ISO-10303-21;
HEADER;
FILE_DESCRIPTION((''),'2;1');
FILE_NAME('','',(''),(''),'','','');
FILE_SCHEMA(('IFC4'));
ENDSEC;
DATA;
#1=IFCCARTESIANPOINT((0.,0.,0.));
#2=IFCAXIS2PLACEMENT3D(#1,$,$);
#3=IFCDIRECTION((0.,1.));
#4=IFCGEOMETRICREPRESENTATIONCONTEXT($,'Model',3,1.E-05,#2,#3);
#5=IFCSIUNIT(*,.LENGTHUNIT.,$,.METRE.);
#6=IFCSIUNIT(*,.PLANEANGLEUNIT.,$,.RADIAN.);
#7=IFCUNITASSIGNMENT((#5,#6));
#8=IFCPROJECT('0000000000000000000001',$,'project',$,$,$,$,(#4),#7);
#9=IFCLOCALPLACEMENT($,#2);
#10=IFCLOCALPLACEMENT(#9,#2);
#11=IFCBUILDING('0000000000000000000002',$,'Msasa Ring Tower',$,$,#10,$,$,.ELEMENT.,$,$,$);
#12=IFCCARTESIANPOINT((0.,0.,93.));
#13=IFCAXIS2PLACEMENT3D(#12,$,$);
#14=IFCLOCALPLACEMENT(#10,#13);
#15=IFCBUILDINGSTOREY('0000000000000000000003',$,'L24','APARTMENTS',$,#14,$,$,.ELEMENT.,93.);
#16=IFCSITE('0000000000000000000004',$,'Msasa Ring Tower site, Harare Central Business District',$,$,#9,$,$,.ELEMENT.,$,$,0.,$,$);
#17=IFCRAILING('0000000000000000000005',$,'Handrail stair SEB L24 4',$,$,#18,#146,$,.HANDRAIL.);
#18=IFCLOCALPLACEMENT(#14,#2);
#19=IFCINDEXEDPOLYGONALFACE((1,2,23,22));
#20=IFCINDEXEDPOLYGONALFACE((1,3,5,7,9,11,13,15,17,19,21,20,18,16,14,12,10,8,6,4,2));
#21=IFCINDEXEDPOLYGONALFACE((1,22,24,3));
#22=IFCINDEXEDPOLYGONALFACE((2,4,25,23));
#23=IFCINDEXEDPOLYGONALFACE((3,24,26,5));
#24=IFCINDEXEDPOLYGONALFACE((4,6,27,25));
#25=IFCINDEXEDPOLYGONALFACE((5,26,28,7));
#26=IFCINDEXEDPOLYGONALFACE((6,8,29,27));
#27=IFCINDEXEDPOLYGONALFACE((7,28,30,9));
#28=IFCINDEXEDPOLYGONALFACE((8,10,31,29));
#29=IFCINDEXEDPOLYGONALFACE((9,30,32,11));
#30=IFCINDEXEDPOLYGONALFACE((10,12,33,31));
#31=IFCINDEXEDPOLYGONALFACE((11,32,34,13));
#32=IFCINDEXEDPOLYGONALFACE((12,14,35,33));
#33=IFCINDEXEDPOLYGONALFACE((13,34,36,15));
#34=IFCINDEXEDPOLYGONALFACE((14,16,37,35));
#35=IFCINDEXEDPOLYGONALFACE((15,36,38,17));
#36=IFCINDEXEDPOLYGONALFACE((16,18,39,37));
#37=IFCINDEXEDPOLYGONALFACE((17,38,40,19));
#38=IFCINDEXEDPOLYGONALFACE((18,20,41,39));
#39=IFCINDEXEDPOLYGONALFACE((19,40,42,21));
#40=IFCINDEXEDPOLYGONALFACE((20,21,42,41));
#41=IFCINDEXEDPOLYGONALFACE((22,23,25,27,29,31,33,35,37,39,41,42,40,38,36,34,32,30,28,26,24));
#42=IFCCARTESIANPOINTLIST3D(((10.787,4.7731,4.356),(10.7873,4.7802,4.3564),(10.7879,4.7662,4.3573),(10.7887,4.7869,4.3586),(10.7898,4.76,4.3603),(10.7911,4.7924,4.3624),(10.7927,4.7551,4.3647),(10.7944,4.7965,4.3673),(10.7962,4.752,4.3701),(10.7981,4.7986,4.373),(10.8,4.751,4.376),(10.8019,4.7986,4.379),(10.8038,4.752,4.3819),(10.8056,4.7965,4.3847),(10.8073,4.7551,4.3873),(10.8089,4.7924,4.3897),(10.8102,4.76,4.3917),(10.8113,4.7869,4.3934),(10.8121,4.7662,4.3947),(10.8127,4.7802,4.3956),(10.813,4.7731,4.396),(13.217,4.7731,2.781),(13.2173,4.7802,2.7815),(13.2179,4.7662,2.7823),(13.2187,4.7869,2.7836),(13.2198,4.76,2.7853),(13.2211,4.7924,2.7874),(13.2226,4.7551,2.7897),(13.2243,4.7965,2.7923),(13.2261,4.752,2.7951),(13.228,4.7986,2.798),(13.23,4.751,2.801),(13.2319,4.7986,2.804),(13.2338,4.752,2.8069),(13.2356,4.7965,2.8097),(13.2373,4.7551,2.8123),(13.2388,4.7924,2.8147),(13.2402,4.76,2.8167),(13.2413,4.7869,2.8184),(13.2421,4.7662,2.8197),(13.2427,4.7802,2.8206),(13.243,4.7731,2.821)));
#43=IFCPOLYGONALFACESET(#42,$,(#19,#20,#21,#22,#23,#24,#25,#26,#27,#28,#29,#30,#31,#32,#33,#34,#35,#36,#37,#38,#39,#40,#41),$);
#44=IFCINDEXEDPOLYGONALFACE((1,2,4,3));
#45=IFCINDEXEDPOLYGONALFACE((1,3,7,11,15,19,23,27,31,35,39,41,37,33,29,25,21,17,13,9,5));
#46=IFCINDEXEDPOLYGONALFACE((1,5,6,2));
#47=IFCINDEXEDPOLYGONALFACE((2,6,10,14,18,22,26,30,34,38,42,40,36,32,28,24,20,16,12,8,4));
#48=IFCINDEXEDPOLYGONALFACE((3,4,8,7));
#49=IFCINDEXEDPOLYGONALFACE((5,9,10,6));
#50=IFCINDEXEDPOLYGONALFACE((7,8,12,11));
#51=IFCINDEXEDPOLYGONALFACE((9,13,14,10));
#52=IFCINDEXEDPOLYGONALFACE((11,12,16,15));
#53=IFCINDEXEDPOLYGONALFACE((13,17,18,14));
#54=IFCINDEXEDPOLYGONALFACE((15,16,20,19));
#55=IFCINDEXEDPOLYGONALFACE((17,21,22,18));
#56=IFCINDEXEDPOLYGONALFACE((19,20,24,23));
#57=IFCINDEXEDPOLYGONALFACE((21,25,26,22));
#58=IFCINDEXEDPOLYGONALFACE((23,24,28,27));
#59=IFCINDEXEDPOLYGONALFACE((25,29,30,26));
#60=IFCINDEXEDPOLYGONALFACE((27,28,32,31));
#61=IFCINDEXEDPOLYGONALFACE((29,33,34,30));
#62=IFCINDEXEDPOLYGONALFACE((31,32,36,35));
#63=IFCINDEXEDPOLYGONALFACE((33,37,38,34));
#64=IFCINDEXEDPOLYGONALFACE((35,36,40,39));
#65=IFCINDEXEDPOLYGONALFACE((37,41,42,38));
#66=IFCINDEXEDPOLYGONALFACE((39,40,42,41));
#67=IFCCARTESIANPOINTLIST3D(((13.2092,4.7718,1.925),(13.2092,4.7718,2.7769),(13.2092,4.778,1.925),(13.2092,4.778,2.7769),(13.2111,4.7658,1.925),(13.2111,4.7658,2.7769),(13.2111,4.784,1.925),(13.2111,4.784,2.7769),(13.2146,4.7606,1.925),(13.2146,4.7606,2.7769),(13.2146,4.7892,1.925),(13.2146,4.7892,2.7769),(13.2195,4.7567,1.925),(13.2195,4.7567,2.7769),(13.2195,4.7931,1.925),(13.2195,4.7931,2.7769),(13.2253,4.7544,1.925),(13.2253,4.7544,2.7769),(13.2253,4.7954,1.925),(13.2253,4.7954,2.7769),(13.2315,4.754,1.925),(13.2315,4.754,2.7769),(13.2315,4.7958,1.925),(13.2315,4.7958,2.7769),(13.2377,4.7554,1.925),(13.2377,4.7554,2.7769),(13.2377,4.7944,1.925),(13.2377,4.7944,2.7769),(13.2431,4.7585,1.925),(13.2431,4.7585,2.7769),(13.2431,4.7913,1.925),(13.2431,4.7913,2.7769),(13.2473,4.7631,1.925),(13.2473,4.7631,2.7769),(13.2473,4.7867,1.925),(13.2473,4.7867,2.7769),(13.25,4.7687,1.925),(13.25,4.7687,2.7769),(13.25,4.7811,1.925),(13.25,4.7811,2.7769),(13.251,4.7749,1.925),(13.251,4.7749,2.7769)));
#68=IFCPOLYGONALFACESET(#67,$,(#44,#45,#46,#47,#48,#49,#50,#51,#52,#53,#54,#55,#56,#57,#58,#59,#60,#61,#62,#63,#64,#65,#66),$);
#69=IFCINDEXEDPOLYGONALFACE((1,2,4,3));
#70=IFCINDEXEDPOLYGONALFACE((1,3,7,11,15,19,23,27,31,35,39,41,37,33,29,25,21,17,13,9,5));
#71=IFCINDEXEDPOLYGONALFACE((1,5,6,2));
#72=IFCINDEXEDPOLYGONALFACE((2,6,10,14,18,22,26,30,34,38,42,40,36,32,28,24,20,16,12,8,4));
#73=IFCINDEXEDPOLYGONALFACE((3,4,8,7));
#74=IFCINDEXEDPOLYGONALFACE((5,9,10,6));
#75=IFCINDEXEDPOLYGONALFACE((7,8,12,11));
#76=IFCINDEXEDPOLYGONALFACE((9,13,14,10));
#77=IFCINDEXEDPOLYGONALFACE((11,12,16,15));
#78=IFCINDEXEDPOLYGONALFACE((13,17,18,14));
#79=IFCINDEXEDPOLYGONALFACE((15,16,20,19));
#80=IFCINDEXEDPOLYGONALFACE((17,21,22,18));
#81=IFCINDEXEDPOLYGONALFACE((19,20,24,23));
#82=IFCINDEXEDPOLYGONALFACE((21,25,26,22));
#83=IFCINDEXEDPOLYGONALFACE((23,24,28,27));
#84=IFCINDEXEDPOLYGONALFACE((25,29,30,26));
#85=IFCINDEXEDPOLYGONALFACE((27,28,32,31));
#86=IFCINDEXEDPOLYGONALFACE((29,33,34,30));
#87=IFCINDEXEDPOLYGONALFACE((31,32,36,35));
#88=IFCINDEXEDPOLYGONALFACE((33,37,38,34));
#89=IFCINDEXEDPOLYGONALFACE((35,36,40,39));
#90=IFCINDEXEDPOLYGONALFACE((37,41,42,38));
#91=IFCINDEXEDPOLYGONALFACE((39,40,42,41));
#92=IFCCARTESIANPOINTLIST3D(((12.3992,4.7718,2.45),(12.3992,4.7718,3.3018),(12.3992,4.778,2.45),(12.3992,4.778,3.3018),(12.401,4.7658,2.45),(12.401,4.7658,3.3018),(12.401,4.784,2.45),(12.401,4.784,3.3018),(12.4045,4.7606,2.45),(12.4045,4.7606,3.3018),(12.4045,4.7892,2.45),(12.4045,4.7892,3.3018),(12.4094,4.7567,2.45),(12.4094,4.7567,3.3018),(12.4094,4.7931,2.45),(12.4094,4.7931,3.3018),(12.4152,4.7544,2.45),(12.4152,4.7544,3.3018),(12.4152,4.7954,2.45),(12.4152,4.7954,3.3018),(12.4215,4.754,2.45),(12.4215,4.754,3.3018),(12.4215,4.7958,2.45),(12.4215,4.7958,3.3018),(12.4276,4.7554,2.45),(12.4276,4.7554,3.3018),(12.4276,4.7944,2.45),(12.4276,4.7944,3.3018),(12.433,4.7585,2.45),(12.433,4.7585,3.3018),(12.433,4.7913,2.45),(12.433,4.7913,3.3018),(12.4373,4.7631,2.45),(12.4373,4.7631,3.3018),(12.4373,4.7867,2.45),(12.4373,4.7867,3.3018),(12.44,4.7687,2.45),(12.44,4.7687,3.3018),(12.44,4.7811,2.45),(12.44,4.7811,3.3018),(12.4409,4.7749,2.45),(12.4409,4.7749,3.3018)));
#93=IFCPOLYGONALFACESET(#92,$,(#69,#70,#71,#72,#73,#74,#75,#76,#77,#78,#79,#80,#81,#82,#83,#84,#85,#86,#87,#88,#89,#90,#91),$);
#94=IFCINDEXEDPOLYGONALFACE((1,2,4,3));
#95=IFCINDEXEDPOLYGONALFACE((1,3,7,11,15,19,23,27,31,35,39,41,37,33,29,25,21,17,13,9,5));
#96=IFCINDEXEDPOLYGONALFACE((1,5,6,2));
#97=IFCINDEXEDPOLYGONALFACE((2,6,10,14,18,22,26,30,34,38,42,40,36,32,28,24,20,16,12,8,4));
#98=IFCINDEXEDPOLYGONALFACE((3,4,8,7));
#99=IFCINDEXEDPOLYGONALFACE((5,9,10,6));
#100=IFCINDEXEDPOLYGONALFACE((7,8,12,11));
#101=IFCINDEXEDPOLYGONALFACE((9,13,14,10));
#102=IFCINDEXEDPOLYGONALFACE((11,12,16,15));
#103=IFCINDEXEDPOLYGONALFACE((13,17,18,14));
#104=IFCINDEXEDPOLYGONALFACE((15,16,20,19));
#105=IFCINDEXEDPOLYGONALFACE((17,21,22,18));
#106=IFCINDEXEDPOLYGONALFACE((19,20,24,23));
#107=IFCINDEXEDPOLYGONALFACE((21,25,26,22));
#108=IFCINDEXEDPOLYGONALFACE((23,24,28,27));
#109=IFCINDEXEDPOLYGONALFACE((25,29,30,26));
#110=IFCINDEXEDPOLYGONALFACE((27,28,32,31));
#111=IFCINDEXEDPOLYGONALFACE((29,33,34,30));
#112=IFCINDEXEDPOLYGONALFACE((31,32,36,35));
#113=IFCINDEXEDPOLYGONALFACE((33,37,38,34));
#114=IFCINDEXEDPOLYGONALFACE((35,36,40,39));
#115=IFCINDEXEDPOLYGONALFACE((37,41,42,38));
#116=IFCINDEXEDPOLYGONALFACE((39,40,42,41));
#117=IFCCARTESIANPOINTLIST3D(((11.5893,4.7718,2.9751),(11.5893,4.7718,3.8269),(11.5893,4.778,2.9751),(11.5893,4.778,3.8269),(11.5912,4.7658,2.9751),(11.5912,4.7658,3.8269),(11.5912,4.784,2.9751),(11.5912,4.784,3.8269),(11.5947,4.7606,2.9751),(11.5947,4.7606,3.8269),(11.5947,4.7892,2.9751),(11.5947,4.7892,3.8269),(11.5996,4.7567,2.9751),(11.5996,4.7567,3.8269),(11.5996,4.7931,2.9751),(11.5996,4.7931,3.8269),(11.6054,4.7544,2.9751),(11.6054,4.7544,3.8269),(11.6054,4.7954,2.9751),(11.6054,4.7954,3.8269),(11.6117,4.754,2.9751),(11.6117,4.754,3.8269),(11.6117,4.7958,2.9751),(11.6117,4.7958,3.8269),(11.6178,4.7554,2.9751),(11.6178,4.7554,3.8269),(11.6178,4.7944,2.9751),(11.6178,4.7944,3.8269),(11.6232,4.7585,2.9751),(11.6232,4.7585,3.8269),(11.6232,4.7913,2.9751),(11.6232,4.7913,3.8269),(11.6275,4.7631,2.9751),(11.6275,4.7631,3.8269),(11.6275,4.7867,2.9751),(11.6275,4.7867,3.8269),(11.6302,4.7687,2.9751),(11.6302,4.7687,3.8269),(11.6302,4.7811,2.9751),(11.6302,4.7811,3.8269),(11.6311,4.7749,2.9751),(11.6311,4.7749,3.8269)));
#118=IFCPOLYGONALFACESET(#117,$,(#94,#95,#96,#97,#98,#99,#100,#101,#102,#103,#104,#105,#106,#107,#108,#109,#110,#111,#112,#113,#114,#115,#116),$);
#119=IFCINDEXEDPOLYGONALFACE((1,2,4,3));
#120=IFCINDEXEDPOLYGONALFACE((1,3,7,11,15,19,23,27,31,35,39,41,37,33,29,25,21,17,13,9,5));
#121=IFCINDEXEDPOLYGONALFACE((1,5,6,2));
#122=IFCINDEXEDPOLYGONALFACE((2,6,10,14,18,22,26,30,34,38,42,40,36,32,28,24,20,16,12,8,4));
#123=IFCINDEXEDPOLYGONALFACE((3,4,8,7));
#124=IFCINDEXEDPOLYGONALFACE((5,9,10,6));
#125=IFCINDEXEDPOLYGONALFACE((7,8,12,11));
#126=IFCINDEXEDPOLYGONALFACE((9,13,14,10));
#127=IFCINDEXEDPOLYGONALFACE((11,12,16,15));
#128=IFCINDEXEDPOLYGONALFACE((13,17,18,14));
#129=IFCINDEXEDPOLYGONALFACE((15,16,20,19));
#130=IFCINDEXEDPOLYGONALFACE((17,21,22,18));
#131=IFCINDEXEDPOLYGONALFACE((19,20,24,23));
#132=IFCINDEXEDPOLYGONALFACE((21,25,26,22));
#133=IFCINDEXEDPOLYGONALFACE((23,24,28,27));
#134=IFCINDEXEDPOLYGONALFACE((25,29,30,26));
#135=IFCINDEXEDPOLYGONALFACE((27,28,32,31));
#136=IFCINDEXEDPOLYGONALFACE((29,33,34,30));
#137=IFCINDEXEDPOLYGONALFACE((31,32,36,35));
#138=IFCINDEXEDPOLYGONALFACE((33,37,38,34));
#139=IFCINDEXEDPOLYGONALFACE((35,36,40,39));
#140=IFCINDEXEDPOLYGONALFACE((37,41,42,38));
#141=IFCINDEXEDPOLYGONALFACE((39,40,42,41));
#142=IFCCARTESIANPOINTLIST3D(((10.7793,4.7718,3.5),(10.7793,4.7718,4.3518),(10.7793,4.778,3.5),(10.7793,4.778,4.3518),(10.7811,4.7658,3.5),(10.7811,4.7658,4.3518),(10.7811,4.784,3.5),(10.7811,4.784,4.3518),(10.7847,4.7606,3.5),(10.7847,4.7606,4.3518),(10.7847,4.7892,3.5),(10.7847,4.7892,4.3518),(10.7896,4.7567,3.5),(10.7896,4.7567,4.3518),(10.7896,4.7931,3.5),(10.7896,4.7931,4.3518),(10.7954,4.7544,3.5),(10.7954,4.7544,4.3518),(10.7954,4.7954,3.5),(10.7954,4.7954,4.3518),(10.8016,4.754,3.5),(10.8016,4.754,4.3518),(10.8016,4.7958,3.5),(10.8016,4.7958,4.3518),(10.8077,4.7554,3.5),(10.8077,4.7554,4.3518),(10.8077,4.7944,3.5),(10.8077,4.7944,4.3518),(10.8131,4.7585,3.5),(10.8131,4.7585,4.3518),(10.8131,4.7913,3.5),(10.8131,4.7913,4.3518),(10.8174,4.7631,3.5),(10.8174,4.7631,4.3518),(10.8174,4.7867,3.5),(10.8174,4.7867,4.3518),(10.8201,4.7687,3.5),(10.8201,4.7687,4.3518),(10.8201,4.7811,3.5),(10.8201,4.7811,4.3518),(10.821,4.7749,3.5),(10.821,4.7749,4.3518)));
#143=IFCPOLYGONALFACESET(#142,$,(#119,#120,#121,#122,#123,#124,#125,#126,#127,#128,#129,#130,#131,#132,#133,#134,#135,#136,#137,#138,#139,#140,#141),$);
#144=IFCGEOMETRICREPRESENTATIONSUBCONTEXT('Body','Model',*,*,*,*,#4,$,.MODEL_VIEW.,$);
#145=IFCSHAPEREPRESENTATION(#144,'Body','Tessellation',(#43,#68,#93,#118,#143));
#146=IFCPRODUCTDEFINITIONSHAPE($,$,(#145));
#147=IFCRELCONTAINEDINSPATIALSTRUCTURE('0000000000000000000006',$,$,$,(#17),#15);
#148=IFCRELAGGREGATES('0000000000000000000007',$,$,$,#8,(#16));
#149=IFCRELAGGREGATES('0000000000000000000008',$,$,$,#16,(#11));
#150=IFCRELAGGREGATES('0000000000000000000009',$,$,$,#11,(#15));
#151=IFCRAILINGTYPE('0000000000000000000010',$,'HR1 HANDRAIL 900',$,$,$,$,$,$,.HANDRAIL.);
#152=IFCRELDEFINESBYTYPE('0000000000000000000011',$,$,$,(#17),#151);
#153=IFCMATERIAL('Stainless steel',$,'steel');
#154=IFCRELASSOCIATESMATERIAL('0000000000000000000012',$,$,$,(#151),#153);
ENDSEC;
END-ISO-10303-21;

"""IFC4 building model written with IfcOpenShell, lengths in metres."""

from ifc_helpers import new_model, si_unit, direction, frame, origin, origin_2d, place, context, subcontext, project, spatial, circle, extrude, material, type_object, element, save


model = new_model("IFC4")

# Units and contexts
model_context = context("Model", 3, precision=1e-05, world=origin(), true_north=direction((0.0, 1.0)))
body_context = subcontext(model_context, "Body", "Model", "MODEL_VIEW")
ifc_project = project(units=[si_unit("LENGTHUNIT", "METRE"), si_unit("PLANEANGLEUNIT", "RADIAN")], contexts=[model_context])

# Site, building, storey
site_placement = place(None, origin())
site = spatial("IfcSite", under=ifc_project, at=site_placement, Name="Msasa Ring Tower site, Harare Central Business District", CompositionType="ELEMENT", RefElevation=0.0)
building_placement = place(site_placement, origin())
building = spatial("IfcBuilding", under=site, at=building_placement, Name="Msasa Ring Tower", CompositionType="ELEMENT")
storey_placement = place(building_placement, frame((0.0, 0.0, 93.0)))
storey = spatial("IfcBuildingStorey", under=building, at=storey_placement, Name="L24", Description="APARTMENTS", CompositionType="ELEMENT", Elevation=93.0)

# Railing
ifc_material_1 = material(Name="Stainless steel", Category="steel")
railing_type = type_object("IfcRailingType", Name="HR1 HANDRAIL 900", PredefinedType="HANDRAIL", material=ifc_material_1)
for number, where, name in (
    (1, (13.23, 4.7749, 1.925), "Handrail stair SEB L24 4"),
):
    element("IfcRailing", number, at=place(storey_placement, frame(where)), inside=storey, type_object=railing_type, Name=name, PredefinedType="HANDRAIL", context=body_context, shape_type="SweptSolid", body=[
        extrude(circle(Radius=0.0239, at=origin_2d()), frame((0.0, 0.0, 0.876), z_axis=(-0.839154, 0.0, 0.543894), x_axis=(0.0, -1.0, 0.0)), (0.0, 0.0, 1.0), 2.8958),
        extrude(circle(Radius=0.021, at=origin_2d()), origin(), (0.0, 0.0, 1.0), 0.8518),
        extrude(circle(Radius=0.021, at=origin_2d()), frame((-0.8101, 0.0, 0.5249)), (0.0, 0.0, 1.0), 0.8518),
        extrude(circle(Radius=0.021, at=origin_2d()), frame((-1.6199, 0.0, 1.05)), (0.0, 0.0, 1.0), 0.8518),
        extrude(circle(Radius=0.021, at=origin_2d()), frame((-2.4299, 0.0, 1.575)), (0.0, 0.0, 1.0), 0.8518),
    ])

save(model, "model.ifc")
